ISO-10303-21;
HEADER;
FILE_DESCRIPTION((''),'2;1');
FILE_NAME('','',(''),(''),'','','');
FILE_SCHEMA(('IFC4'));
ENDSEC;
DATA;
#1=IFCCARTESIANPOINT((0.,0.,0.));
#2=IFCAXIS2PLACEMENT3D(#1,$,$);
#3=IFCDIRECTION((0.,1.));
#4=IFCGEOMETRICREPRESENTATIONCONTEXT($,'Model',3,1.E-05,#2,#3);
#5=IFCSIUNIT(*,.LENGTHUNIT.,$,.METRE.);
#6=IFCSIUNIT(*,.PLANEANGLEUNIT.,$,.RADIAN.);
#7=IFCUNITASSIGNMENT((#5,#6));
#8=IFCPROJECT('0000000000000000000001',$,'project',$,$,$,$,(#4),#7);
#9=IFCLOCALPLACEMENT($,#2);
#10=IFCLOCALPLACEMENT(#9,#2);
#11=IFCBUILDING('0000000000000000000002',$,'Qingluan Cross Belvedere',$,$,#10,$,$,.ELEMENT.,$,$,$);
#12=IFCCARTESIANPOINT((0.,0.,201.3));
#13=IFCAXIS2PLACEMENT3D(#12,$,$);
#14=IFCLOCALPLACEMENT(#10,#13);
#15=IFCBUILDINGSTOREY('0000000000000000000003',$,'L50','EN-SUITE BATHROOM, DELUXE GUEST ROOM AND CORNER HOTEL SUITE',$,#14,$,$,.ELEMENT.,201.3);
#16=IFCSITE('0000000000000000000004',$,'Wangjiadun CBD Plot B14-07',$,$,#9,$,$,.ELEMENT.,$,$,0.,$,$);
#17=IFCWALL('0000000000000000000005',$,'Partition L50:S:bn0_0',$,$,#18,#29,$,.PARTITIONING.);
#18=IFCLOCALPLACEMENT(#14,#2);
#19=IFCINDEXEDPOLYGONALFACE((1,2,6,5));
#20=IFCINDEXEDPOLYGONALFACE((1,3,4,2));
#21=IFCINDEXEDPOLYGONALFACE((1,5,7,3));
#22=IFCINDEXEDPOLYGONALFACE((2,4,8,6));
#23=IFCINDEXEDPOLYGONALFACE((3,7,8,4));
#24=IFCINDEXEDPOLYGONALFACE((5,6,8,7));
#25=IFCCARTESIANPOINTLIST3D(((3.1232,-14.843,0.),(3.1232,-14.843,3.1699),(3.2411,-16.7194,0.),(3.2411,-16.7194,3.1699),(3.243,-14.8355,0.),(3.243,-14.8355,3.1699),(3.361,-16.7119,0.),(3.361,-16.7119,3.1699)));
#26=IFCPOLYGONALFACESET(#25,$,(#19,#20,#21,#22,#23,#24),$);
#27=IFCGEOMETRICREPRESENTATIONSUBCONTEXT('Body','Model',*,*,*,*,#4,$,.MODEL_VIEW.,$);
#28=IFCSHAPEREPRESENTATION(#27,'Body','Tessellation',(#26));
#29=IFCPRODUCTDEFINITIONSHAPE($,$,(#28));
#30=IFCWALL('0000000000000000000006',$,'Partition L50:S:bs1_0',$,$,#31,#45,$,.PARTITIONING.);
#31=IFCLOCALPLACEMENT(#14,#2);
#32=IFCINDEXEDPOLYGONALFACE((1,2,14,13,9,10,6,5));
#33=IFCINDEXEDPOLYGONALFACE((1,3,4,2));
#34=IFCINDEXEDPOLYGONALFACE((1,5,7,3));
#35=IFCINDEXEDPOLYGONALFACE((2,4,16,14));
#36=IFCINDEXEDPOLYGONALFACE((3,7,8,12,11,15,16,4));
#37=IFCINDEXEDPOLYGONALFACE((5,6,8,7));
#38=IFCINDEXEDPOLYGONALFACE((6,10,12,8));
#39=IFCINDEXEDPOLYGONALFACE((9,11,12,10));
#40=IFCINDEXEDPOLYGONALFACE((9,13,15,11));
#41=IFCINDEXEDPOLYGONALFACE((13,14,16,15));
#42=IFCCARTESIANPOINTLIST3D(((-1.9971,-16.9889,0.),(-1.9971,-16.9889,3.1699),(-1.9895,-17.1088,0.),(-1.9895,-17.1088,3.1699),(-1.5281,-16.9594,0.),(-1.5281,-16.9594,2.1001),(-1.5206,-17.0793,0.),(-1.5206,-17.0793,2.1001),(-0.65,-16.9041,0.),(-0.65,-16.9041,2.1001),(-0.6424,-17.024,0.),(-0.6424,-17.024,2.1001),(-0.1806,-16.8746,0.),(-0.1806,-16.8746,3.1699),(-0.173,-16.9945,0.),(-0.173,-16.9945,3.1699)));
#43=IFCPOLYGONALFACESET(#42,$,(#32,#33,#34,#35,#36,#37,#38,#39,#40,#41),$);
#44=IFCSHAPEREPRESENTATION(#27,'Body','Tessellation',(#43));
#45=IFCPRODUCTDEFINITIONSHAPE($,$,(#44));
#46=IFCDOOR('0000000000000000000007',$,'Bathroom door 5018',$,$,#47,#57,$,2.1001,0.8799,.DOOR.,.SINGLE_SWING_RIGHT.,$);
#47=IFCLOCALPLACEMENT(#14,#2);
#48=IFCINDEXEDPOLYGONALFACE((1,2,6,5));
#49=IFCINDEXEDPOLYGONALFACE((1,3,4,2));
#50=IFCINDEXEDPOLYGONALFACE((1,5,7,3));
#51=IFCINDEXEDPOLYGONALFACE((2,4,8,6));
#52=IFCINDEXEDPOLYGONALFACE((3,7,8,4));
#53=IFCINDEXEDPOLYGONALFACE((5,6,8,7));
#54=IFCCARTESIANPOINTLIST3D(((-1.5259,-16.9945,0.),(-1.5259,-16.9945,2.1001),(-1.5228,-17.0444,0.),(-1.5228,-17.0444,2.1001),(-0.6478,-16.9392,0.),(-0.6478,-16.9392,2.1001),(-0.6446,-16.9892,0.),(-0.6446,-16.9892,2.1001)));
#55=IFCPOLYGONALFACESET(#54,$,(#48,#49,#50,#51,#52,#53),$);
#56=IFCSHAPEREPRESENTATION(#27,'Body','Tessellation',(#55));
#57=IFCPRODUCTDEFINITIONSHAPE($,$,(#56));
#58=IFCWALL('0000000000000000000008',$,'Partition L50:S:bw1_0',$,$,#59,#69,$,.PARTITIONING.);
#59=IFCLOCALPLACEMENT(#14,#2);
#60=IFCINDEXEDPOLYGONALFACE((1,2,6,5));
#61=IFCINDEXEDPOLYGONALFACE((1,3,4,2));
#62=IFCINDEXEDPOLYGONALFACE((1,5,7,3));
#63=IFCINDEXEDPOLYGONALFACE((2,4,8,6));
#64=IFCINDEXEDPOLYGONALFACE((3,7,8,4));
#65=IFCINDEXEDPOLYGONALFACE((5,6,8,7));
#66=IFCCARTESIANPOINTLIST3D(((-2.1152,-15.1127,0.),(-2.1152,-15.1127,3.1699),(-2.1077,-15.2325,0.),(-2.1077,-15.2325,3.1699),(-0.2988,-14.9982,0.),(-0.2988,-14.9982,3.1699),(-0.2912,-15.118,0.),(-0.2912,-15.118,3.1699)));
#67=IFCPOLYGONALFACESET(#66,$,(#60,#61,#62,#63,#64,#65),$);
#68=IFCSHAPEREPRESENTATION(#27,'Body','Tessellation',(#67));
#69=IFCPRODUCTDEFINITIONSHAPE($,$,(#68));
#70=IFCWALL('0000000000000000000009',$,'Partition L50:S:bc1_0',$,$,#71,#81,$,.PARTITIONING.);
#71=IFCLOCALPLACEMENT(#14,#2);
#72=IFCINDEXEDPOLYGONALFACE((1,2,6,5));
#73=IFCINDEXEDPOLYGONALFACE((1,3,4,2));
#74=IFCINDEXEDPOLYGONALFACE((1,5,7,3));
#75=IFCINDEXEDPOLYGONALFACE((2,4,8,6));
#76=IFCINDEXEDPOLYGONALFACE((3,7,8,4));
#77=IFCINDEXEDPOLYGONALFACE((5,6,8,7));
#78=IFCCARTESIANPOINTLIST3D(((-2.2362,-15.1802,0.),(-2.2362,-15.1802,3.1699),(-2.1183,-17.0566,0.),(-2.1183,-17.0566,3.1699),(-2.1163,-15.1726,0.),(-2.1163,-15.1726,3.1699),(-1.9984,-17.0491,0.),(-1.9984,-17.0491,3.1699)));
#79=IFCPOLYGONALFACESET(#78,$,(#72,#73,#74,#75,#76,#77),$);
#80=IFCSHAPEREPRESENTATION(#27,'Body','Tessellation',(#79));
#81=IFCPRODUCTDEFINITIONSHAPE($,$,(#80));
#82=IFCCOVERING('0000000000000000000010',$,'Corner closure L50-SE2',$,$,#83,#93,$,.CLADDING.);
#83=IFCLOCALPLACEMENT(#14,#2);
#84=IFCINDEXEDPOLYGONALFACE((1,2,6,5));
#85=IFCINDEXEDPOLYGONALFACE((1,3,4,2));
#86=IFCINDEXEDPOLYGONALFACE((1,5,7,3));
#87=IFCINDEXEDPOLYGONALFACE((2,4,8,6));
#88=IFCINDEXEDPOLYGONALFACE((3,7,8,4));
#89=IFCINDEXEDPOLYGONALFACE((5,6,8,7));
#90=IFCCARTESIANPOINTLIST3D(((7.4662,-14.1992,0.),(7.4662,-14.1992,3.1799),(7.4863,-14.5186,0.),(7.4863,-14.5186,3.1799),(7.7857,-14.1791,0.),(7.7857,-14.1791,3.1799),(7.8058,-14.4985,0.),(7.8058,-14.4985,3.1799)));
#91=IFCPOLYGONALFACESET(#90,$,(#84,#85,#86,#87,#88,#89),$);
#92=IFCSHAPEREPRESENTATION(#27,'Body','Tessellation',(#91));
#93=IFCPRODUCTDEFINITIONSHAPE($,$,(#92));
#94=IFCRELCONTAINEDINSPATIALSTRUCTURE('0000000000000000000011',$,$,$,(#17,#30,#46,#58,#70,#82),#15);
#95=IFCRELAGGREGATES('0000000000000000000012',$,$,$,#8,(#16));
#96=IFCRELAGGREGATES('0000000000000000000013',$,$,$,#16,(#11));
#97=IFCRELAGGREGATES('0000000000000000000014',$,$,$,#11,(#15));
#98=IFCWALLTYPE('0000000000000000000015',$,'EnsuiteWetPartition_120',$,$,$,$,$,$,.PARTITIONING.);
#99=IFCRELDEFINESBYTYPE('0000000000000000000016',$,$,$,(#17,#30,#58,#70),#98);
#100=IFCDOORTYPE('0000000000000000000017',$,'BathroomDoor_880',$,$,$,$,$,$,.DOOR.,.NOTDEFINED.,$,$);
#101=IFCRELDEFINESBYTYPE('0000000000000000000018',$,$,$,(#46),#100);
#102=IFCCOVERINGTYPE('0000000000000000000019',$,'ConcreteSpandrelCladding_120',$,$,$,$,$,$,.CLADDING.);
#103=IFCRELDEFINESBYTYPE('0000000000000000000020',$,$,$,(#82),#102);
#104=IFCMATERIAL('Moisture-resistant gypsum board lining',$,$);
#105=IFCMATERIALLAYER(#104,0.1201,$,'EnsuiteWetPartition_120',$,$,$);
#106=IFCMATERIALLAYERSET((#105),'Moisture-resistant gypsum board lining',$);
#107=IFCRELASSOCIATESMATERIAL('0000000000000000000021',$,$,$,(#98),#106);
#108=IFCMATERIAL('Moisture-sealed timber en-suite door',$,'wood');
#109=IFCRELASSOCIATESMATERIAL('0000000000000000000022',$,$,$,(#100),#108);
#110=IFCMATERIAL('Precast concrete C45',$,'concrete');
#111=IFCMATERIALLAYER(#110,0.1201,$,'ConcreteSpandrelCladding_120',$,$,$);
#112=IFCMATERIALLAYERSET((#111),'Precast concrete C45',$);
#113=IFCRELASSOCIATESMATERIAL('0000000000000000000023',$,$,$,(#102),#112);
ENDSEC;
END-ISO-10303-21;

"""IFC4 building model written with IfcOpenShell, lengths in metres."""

from ifc_helpers import new_model, si_unit, direction, frame, frame_2d, origin, origin_2d, place, context, subcontext, project, spatial, rectangle, extrude, material, layer, layer_set, type_object, element, fill, save


model = new_model("IFC4")

# Units and contexts
model_context = context("Model", 3, precision=1e-05, world=origin(), true_north=direction((0.0, 1.0)))
body_context = subcontext(model_context, "Body", "Model", "MODEL_VIEW")
ifc_project = project(units=[si_unit("LENGTHUNIT", "METRE"), si_unit("PLANEANGLEUNIT", "RADIAN")], contexts=[model_context])

# Site, building, storey
site_placement = place(None, origin())
site = spatial("IfcSite", under=ifc_project, at=site_placement, Name="Wangjiadun CBD Plot B14-07", CompositionType="ELEMENT", RefElevation=0.0)
building_placement = place(site_placement, origin())
building = spatial("IfcBuilding", under=site, at=building_placement, Name="Qingluan Cross Belvedere", CompositionType="ELEMENT")
storey_placement = place(building_placement, frame((0.0, 0.0, 201.3)))
storey = spatial("IfcBuildingStorey", under=building, at=storey_placement, Name="L50", Description="EN-SUITE BATHROOM, DELUXE GUEST ROOM AND CORNER HOTEL SUITE", CompositionType="ELEMENT", Elevation=201.3)

# Shared definitions
ifc_material_1 = material(Name="Moisture-resistant gypsum board lining")
ifc_layer_1 = layer(ifc_material_1, 0.1201, Name="EnsuiteWetPartition_120")
ifc_layer_set_1 = layer_set([ifc_layer_1], Name="Moisture-resistant gypsum board lining")
wall_type_1 = type_object("IfcWallType", Name="EnsuiteWetPartition_120", PredefinedType="PARTITIONING", material=ifc_layer_set_1)
ifc_material_2 = material(Name="Moisture-sealed timber en-suite door", Category="wood")
door_type_1 = type_object("IfcDoorType", Name="BathroomDoor_880", OperationType="NOTDEFINED", PredefinedType="DOOR", material=ifc_material_2)

# Wall
wall_1_placement = place(storey_placement, frame((3.1831, -14.8394, 0.0), z_axis=(0.0, 0.0, 1.0), x_axis=(0.062718, -0.998031, 0.0)))
element("IfcWall", 1, at=wall_1_placement, inside=storey, type_object=wall_type_1, Name="Partition L50:S:bn0_0", PredefinedType="PARTITIONING", context=body_context, shape_type="SweptSolid", body=[
    extrude(rectangle(XDim=1.8801, YDim=0.1201, at=frame_2d((0.9399, 0.0))), origin(), (0.0, 0.0, 1.0), 3.1699),
])

# Wall, opening, door
wall_2_placement = place(storey_placement, frame((-1.9934, -17.0488, 0.0), z_axis=(0.0, 0.0, 1.0), x_axis=(0.998027, 0.062779, 0.0)))
wall_2 = element("IfcWall", 2, at=wall_2_placement, inside=storey, type_object=wall_type_1, Name="Partition L50:S:bs1_0", PredefinedType="PARTITIONING", context=body_context, shape_type="SweptSolid", body=[
    extrude(rectangle(XDim=1.8201, YDim=0.1201, at=frame_2d((0.9102, 0.0))), origin(), (0.0, 0.0, 1.0), 3.1699),
])
opening_1_placement = place(wall_2_placement, frame((0.47, 0.0, 0.0)))
opening_1 = element("IfcOpeningElement", 3, at=opening_1_placement, cuts=wall_2, PredefinedType="OPENING", context=body_context, shape_type="SweptSolid", body=[
    extrude(rectangle(XDim=0.8799, YDim=2.1001, at=frame_2d((0.4399, 1.05))), frame((0.0, 0.0701, 0.0), z_axis=(0.0, -1.0, 0.0), x_axis=(1.0, 0.0, 0.0)), (0.0, 0.0, 1.0), 0.1401),
])
door_1_placement = place(opening_1_placement, origin())
door_1 = element("IfcDoor", 4, at=door_1_placement, inside=storey, type_object=door_type_1, Name="Bathroom door 5018", OperationType="SINGLE_SWING_RIGHT", OverallHeight=2.1001, OverallWidth=0.8799, PredefinedType="DOOR", context=body_context, shape_type="SweptSolid", body=[
    extrude(rectangle(XDim=0.8799, YDim=2.1001, at=frame_2d((0.4399, 1.05))), frame((0.0, 0.0249, 0.0), z_axis=(0.0, -1.0, 0.0), x_axis=(1.0, 0.0, 0.0)), (0.0, 0.0, 1.0), 0.05),
])
fill(opening_1, door_1)

# Walls
wall_3_placement = place(storey_placement, frame((-2.1116, -15.1726, 0.0), z_axis=(0.0, 0.0, 1.0), x_axis=(0.998019, 0.062913, 0.0)))
element("IfcWall", 5, at=wall_3_placement, inside=storey, type_object=wall_type_1, Name="Partition L50:S:bw1_0", PredefinedType="PARTITIONING", context=body_context, shape_type="SweptSolid", body=[
    extrude(rectangle(XDim=1.8201, YDim=0.1201, at=frame_2d((0.9102, 0.0))), origin(), (0.0, 0.0, 1.0), 3.1699),
])
wall_4_placement = place(storey_placement, frame((-2.1763, -15.1765, 0.0), z_axis=(0.0, 0.0, 1.0), x_axis=(0.062718, -0.998031, 0.0)))
element("IfcWall", 6, at=wall_4_placement, inside=storey, type_object=wall_type_1, Name="Partition L50:S:bc1_0", PredefinedType="PARTITIONING", context=body_context, shape_type="SweptSolid", body=[
    extrude(rectangle(XDim=1.8801, YDim=0.1201, at=frame_2d((0.9399, 0.0))), origin(), (0.0, 0.0, 1.0), 3.1699),
])

# Covering
ifc_material_3 = material(Name="Precast concrete C45", Category="concrete")
ifc_layer_2 = layer(ifc_material_3, 0.1201, Name="ConcreteSpandrelCladding_120")
ifc_layer_set_2 = layer_set([ifc_layer_2], Name="Precast concrete C45")
covering_type = type_object("IfcCoveringType", Name="ConcreteSpandrelCladding_120", PredefinedType="CLADDING", material=ifc_layer_set_2)
covering_placement = place(storey_placement, frame((7.636, -14.3489, 0.0), z_axis=(0.0, 0.0, 1.0), x_axis=(0.998027, 0.062791, 0.0)))
element("IfcCovering", 7, at=covering_placement, inside=storey, type_object=covering_type, Name="Corner closure L50-SE2", PredefinedType="CLADDING", context=body_context, shape_type="SweptSolid", body=[
    extrude(rectangle(XDim=0.3201, YDim=0.3201, at=origin_2d()), origin(), (0.0, 0.0, 1.0), 3.1799),
])

save(model, "model.ifc")
